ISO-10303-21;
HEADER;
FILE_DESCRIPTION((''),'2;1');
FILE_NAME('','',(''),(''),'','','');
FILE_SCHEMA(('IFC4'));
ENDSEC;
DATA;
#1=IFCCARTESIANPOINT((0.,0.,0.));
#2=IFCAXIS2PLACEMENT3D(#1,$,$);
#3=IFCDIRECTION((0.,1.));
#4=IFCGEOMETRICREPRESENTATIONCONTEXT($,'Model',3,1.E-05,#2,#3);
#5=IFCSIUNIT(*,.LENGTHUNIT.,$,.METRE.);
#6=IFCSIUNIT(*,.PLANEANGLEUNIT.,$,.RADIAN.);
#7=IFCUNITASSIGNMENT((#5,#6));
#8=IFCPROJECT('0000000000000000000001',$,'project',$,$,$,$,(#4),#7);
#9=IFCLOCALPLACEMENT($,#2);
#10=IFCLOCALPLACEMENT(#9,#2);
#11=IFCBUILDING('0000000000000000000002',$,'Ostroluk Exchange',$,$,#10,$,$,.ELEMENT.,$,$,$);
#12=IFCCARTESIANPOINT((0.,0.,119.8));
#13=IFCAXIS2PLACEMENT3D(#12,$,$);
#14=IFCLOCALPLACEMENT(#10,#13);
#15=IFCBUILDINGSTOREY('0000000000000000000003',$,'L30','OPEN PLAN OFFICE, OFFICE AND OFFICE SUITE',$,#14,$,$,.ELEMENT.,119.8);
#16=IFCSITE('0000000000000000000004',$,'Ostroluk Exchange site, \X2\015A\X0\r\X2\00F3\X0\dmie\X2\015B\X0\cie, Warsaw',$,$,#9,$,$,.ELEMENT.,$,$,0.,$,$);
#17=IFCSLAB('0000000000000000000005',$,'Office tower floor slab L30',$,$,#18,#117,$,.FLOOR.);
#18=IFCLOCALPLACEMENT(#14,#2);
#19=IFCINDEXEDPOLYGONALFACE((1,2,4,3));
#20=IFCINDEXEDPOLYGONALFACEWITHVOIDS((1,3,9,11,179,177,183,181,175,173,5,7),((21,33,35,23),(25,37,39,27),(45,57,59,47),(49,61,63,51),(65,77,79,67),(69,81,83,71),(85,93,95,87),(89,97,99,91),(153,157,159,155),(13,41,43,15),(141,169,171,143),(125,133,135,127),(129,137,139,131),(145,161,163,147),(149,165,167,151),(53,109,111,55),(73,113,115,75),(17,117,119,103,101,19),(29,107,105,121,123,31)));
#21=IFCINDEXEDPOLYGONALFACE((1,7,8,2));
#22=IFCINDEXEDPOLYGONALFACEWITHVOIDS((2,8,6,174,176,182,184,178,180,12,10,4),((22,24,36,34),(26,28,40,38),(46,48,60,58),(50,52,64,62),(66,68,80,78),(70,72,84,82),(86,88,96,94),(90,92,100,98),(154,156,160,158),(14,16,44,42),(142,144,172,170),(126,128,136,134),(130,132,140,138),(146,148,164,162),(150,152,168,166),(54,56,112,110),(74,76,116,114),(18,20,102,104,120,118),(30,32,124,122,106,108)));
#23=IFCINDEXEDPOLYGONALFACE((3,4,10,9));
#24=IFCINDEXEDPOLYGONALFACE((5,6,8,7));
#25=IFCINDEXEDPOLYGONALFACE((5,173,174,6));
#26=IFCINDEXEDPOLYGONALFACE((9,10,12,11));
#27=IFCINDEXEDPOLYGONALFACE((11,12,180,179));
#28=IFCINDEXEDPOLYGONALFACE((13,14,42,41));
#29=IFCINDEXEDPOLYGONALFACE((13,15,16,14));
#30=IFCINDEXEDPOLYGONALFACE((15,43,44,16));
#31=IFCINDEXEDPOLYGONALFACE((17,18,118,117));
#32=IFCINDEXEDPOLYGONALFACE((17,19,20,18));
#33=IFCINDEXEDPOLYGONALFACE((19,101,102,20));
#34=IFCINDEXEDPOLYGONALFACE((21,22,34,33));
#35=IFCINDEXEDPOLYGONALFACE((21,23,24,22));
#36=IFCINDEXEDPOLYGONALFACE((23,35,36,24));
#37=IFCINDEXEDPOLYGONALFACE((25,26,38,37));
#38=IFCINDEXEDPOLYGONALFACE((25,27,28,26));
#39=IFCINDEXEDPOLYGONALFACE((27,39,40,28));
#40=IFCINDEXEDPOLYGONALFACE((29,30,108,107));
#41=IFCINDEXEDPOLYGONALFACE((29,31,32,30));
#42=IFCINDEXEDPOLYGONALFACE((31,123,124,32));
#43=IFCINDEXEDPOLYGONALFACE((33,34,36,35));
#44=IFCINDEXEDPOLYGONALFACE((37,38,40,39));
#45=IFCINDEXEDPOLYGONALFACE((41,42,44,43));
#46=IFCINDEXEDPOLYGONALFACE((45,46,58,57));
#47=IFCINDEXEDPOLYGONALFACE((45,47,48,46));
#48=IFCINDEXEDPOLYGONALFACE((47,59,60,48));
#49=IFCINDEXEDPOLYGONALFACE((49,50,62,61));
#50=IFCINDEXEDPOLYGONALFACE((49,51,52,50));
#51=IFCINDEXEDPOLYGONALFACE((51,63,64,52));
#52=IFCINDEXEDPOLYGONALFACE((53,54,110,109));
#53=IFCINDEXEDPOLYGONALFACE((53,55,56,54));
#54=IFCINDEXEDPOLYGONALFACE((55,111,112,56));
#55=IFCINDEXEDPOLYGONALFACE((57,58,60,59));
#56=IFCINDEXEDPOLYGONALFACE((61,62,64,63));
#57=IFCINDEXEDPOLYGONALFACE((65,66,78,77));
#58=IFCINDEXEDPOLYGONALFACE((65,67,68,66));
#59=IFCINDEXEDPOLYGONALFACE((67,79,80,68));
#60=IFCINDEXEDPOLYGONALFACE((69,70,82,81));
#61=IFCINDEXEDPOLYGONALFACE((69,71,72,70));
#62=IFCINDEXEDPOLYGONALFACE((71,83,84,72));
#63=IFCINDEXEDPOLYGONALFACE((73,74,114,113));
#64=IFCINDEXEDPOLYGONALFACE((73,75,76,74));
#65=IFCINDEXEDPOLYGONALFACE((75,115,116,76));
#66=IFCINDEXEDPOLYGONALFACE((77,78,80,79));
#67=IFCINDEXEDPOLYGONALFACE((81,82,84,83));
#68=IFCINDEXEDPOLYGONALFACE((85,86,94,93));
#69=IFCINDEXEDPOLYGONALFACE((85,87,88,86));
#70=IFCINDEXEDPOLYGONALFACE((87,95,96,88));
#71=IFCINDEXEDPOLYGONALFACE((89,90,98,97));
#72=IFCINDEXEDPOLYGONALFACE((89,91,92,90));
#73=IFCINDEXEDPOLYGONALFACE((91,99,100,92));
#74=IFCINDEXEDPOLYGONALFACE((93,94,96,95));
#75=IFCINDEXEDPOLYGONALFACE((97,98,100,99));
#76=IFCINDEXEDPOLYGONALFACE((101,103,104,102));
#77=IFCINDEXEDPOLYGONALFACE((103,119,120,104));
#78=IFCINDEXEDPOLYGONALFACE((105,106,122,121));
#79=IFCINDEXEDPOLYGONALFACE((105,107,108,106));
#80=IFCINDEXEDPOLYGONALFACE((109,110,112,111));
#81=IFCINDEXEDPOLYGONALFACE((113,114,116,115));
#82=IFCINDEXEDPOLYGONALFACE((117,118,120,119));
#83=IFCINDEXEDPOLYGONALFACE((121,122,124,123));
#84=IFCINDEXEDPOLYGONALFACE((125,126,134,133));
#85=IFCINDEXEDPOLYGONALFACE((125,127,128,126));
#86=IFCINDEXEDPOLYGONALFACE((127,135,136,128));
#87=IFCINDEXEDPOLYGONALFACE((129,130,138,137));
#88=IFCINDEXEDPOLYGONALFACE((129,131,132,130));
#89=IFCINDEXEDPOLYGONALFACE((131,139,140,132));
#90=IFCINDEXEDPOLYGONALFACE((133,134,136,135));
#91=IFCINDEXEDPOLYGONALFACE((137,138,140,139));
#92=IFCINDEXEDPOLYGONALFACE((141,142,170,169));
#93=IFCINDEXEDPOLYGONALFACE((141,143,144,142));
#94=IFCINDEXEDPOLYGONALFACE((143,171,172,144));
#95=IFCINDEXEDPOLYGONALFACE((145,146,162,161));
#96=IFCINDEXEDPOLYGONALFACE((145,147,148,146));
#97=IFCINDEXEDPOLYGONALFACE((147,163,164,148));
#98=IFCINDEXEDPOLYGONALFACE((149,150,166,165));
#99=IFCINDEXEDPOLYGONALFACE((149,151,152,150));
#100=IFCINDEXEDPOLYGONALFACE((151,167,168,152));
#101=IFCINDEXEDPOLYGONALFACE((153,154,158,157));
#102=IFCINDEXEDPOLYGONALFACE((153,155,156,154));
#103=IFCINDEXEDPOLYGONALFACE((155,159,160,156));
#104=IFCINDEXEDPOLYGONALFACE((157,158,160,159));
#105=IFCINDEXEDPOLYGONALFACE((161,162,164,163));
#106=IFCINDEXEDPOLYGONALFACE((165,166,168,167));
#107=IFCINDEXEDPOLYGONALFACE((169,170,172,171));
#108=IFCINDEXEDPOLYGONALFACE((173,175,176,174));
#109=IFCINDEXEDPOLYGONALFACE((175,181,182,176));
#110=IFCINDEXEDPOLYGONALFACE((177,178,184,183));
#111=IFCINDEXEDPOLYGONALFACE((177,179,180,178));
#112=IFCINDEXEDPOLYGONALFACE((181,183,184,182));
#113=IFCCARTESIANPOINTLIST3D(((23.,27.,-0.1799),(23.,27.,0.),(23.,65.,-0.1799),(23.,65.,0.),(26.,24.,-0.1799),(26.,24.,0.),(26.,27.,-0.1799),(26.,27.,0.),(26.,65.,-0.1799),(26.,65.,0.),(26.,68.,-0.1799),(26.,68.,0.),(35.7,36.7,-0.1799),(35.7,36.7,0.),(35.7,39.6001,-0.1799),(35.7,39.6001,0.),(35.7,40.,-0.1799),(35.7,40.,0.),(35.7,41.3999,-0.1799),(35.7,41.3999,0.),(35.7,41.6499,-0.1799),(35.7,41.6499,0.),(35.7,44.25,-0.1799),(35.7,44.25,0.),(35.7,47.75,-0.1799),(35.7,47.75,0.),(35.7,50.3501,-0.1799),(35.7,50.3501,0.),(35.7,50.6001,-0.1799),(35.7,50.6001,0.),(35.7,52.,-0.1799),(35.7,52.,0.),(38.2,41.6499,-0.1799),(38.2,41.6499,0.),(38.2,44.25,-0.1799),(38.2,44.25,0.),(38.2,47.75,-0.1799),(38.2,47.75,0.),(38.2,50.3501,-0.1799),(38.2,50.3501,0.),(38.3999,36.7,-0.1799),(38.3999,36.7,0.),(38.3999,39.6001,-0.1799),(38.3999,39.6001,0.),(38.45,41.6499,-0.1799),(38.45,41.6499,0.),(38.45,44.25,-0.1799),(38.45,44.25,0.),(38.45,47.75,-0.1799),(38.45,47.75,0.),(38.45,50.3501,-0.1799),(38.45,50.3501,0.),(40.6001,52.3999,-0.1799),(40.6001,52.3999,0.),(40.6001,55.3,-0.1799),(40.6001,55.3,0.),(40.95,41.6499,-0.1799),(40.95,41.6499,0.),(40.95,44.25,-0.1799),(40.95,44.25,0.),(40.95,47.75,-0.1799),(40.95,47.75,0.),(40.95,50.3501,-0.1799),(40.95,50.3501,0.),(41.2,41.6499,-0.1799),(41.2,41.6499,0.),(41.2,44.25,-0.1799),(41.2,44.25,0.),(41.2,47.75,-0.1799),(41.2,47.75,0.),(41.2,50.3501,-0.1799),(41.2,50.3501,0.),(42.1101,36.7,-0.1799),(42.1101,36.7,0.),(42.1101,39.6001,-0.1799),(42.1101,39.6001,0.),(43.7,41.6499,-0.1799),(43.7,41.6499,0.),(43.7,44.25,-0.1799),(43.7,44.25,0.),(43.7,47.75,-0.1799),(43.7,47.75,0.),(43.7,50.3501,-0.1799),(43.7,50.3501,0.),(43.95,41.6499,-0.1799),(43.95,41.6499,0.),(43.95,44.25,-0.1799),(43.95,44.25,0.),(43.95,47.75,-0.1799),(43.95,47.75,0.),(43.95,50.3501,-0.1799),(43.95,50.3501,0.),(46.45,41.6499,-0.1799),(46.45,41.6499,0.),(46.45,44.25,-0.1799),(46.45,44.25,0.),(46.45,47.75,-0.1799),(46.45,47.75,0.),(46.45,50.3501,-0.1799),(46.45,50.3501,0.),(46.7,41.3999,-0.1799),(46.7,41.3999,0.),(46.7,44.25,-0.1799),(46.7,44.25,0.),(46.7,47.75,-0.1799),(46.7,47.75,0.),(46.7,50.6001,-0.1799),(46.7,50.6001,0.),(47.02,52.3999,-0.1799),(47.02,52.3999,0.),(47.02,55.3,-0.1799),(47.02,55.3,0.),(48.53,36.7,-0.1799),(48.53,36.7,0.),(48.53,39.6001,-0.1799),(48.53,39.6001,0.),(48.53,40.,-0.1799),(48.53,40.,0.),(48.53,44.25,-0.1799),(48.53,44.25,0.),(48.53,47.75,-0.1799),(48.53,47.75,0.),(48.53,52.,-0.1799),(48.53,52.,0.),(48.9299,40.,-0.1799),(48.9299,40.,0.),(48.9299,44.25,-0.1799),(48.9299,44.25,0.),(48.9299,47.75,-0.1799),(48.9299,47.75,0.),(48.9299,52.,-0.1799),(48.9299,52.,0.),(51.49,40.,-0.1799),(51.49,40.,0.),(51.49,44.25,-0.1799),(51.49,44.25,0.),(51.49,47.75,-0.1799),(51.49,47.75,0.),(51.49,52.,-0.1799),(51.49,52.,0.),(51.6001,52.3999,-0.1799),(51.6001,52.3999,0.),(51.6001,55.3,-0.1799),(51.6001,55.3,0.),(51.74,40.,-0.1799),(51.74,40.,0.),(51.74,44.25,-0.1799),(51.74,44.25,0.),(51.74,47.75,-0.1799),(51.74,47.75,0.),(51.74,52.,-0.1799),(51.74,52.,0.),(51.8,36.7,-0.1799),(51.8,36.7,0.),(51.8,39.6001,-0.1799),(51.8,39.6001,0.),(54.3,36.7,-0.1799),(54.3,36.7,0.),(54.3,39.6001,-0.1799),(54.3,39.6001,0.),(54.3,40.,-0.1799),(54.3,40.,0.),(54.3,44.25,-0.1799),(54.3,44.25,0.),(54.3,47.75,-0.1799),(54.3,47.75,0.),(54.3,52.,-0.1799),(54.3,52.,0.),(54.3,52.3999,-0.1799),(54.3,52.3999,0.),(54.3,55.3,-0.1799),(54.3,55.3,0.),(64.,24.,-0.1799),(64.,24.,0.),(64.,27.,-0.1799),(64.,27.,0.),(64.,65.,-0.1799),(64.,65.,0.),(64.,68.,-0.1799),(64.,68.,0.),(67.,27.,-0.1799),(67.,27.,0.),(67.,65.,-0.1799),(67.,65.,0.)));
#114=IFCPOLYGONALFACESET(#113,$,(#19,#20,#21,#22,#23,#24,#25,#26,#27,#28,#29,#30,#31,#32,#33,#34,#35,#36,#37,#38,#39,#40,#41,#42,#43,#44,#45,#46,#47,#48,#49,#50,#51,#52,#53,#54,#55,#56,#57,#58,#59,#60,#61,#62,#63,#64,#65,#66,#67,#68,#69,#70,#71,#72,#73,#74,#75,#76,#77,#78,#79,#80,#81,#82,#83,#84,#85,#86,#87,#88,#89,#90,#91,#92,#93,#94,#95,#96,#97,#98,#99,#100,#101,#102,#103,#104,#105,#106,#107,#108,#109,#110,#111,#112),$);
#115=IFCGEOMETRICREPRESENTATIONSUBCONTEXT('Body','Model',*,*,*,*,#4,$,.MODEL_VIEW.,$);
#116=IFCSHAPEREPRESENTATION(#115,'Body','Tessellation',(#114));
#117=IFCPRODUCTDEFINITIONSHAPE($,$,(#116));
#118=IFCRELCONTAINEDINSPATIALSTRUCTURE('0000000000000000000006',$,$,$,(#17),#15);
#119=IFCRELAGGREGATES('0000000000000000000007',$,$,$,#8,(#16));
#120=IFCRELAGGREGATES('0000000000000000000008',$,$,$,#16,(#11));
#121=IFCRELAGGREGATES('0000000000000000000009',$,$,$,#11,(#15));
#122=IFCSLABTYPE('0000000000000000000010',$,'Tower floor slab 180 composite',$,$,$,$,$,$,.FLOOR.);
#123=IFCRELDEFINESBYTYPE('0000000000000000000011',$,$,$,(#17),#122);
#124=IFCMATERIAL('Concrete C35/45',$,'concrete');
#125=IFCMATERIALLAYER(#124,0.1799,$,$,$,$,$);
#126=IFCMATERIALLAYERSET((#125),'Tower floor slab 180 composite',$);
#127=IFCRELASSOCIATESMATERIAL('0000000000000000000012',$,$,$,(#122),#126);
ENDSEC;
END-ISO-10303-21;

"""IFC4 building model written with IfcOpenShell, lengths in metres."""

from ifc_helpers import new_model, si_unit, direction, frame, origin, place, context, subcontext, project, spatial, polyline, outline, extrude, material, layer, layer_set, type_object, element, save


model = new_model("IFC4")

# Units and contexts
model_context = context("Model", 3, precision=1e-05, world=origin(), true_north=direction((0.0, 1.0)))
body_context = subcontext(model_context, "Body", "Model", "MODEL_VIEW")
ifc_project = project(units=[si_unit("LENGTHUNIT", "METRE"), si_unit("PLANEANGLEUNIT", "RADIAN")], contexts=[model_context])

# Site, building, storey
site_placement = place(None, origin())
site = spatial("IfcSite", under=ifc_project, at=site_placement, Name="Ostroluk Exchange site, Śródmieście, Warsaw", CompositionType="ELEMENT", RefElevation=0.0)
building_placement = place(site_placement, origin())
building = spatial("IfcBuilding", under=site, at=building_placement, Name="Ostroluk Exchange", CompositionType="ELEMENT")
storey_placement = place(building_placement, frame((0.0, 0.0, 119.8)))
storey = spatial("IfcBuildingStorey", under=building, at=storey_placement, Name="L30", Description="OPEN PLAN OFFICE, OFFICE AND OFFICE SUITE", CompositionType="ELEMENT", Elevation=119.8)

# Slab
ifc_material_1 = material(Name="Concrete C35/45", Category="concrete")
ifc_layer_1 = layer(ifc_material_1, 0.1799)
ifc_layer_set_1 = layer_set([ifc_layer_1], Name="Tower floor slab 180 composite")
slab_type_1 = type_object("IfcSlabType", Name="Tower floor slab 180 composite", PredefinedType="FLOOR", material=ifc_layer_set_1)
slab_1_placement = place(storey_placement, frame((0.0, 0.0, -0.1799)))
element("IfcSlab", 1, at=slab_1_placement, inside=storey, type_object=slab_type_1, Name="Office tower floor slab L30", PredefinedType="FLOOR", context=body_context, shape_type="SweptSolid", body=[
    extrude(outline(polyline([(26.0, 24.0), (64.0, 24.0), (64.0, 27.0), (67.0, 27.0), (67.0, 65.0), (64.0, 65.0), (64.0, 68.0), (26.0, 68.0), (26.0, 65.0), (23.0, 65.0), (23.0, 27.0), (26.0, 27.0), (26.0, 24.0)]), holes=[polyline([(35.7, 36.7), (38.3999, 36.7), (38.3999, 39.6001), (35.7, 39.6001), (35.7, 36.7)]), polyline([(42.1101, 36.7), (48.53, 36.7), (48.53, 39.6001), (42.1101, 39.6001), (42.1101, 36.7)]), polyline([(51.8, 36.7), (54.3, 36.7), (54.3, 39.6001), (51.8, 39.6001), (51.8, 36.7)]), polyline([(40.6001, 52.3999), (47.02, 52.3999), (47.02, 55.3), (40.6001, 55.3), (40.6001, 52.3999)]), polyline([(51.6001, 52.3999), (54.3, 52.3999), (54.3, 55.3), (51.6001, 55.3), (51.6001, 52.3999)]), polyline([(35.7, 47.75), (38.2, 47.75), (38.2, 50.3501), (35.7, 50.3501), (35.7, 47.75)]), polyline([(38.45, 47.75), (40.95, 47.75), (40.95, 50.3501), (38.45, 50.3501), (38.45, 47.75)]), polyline([(41.2, 47.75), (43.7, 47.75), (43.7, 50.3501), (41.2, 50.3501), (41.2, 47.75)]), polyline([(43.95, 47.75), (46.45, 47.75), (46.45, 50.3501), (43.95, 50.3501), (43.95, 47.75)]), polyline([(35.7, 41.6499), (38.2, 41.6499), (38.2, 44.25), (35.7, 44.25), (35.7, 41.6499)]), polyline([(38.45, 41.6499), (40.95, 41.6499), (40.95, 44.25), (38.45, 44.25), (38.45, 41.6499)]), polyline([(41.2, 41.6499), (43.7, 41.6499), (43.7, 44.25), (41.2, 44.25), (41.2, 41.6499)]), polyline([(43.95, 41.6499), (46.45, 41.6499), (46.45, 44.25), (43.95, 44.25), (43.95, 41.6499)]), polyline([(48.9299, 47.75), (51.49, 47.75), (51.49, 52.0), (48.9299, 52.0), (48.9299, 47.75)]), polyline([(51.74, 47.75), (54.3, 47.75), (54.3, 52.0), (51.74, 52.0), (51.74, 47.75)]), polyline([(48.9299, 40.0), (51.49, 40.0), (51.49, 44.25), (48.9299, 44.25), (48.9299, 40.0)]), polyline([(51.74, 40.0), (54.3, 40.0), (54.3, 44.25), (51.74, 44.25), (51.74, 40.0)]), polyline([(48.53, 52.0), (48.53, 47.75), (46.7, 47.75), (46.7, 50.6001), (35.7, 50.6001), (35.7, 52.0), (48.53, 52.0)]), polyline([(35.7, 40.0), (35.7, 41.3999), (46.7, 41.3999), (46.7, 44.25), (48.53, 44.25), (48.53, 40.0), (35.7, 40.0)])]), origin(), (0.0, 0.0, 1.0), 0.1799),
])

save(model, "model.ifc")
